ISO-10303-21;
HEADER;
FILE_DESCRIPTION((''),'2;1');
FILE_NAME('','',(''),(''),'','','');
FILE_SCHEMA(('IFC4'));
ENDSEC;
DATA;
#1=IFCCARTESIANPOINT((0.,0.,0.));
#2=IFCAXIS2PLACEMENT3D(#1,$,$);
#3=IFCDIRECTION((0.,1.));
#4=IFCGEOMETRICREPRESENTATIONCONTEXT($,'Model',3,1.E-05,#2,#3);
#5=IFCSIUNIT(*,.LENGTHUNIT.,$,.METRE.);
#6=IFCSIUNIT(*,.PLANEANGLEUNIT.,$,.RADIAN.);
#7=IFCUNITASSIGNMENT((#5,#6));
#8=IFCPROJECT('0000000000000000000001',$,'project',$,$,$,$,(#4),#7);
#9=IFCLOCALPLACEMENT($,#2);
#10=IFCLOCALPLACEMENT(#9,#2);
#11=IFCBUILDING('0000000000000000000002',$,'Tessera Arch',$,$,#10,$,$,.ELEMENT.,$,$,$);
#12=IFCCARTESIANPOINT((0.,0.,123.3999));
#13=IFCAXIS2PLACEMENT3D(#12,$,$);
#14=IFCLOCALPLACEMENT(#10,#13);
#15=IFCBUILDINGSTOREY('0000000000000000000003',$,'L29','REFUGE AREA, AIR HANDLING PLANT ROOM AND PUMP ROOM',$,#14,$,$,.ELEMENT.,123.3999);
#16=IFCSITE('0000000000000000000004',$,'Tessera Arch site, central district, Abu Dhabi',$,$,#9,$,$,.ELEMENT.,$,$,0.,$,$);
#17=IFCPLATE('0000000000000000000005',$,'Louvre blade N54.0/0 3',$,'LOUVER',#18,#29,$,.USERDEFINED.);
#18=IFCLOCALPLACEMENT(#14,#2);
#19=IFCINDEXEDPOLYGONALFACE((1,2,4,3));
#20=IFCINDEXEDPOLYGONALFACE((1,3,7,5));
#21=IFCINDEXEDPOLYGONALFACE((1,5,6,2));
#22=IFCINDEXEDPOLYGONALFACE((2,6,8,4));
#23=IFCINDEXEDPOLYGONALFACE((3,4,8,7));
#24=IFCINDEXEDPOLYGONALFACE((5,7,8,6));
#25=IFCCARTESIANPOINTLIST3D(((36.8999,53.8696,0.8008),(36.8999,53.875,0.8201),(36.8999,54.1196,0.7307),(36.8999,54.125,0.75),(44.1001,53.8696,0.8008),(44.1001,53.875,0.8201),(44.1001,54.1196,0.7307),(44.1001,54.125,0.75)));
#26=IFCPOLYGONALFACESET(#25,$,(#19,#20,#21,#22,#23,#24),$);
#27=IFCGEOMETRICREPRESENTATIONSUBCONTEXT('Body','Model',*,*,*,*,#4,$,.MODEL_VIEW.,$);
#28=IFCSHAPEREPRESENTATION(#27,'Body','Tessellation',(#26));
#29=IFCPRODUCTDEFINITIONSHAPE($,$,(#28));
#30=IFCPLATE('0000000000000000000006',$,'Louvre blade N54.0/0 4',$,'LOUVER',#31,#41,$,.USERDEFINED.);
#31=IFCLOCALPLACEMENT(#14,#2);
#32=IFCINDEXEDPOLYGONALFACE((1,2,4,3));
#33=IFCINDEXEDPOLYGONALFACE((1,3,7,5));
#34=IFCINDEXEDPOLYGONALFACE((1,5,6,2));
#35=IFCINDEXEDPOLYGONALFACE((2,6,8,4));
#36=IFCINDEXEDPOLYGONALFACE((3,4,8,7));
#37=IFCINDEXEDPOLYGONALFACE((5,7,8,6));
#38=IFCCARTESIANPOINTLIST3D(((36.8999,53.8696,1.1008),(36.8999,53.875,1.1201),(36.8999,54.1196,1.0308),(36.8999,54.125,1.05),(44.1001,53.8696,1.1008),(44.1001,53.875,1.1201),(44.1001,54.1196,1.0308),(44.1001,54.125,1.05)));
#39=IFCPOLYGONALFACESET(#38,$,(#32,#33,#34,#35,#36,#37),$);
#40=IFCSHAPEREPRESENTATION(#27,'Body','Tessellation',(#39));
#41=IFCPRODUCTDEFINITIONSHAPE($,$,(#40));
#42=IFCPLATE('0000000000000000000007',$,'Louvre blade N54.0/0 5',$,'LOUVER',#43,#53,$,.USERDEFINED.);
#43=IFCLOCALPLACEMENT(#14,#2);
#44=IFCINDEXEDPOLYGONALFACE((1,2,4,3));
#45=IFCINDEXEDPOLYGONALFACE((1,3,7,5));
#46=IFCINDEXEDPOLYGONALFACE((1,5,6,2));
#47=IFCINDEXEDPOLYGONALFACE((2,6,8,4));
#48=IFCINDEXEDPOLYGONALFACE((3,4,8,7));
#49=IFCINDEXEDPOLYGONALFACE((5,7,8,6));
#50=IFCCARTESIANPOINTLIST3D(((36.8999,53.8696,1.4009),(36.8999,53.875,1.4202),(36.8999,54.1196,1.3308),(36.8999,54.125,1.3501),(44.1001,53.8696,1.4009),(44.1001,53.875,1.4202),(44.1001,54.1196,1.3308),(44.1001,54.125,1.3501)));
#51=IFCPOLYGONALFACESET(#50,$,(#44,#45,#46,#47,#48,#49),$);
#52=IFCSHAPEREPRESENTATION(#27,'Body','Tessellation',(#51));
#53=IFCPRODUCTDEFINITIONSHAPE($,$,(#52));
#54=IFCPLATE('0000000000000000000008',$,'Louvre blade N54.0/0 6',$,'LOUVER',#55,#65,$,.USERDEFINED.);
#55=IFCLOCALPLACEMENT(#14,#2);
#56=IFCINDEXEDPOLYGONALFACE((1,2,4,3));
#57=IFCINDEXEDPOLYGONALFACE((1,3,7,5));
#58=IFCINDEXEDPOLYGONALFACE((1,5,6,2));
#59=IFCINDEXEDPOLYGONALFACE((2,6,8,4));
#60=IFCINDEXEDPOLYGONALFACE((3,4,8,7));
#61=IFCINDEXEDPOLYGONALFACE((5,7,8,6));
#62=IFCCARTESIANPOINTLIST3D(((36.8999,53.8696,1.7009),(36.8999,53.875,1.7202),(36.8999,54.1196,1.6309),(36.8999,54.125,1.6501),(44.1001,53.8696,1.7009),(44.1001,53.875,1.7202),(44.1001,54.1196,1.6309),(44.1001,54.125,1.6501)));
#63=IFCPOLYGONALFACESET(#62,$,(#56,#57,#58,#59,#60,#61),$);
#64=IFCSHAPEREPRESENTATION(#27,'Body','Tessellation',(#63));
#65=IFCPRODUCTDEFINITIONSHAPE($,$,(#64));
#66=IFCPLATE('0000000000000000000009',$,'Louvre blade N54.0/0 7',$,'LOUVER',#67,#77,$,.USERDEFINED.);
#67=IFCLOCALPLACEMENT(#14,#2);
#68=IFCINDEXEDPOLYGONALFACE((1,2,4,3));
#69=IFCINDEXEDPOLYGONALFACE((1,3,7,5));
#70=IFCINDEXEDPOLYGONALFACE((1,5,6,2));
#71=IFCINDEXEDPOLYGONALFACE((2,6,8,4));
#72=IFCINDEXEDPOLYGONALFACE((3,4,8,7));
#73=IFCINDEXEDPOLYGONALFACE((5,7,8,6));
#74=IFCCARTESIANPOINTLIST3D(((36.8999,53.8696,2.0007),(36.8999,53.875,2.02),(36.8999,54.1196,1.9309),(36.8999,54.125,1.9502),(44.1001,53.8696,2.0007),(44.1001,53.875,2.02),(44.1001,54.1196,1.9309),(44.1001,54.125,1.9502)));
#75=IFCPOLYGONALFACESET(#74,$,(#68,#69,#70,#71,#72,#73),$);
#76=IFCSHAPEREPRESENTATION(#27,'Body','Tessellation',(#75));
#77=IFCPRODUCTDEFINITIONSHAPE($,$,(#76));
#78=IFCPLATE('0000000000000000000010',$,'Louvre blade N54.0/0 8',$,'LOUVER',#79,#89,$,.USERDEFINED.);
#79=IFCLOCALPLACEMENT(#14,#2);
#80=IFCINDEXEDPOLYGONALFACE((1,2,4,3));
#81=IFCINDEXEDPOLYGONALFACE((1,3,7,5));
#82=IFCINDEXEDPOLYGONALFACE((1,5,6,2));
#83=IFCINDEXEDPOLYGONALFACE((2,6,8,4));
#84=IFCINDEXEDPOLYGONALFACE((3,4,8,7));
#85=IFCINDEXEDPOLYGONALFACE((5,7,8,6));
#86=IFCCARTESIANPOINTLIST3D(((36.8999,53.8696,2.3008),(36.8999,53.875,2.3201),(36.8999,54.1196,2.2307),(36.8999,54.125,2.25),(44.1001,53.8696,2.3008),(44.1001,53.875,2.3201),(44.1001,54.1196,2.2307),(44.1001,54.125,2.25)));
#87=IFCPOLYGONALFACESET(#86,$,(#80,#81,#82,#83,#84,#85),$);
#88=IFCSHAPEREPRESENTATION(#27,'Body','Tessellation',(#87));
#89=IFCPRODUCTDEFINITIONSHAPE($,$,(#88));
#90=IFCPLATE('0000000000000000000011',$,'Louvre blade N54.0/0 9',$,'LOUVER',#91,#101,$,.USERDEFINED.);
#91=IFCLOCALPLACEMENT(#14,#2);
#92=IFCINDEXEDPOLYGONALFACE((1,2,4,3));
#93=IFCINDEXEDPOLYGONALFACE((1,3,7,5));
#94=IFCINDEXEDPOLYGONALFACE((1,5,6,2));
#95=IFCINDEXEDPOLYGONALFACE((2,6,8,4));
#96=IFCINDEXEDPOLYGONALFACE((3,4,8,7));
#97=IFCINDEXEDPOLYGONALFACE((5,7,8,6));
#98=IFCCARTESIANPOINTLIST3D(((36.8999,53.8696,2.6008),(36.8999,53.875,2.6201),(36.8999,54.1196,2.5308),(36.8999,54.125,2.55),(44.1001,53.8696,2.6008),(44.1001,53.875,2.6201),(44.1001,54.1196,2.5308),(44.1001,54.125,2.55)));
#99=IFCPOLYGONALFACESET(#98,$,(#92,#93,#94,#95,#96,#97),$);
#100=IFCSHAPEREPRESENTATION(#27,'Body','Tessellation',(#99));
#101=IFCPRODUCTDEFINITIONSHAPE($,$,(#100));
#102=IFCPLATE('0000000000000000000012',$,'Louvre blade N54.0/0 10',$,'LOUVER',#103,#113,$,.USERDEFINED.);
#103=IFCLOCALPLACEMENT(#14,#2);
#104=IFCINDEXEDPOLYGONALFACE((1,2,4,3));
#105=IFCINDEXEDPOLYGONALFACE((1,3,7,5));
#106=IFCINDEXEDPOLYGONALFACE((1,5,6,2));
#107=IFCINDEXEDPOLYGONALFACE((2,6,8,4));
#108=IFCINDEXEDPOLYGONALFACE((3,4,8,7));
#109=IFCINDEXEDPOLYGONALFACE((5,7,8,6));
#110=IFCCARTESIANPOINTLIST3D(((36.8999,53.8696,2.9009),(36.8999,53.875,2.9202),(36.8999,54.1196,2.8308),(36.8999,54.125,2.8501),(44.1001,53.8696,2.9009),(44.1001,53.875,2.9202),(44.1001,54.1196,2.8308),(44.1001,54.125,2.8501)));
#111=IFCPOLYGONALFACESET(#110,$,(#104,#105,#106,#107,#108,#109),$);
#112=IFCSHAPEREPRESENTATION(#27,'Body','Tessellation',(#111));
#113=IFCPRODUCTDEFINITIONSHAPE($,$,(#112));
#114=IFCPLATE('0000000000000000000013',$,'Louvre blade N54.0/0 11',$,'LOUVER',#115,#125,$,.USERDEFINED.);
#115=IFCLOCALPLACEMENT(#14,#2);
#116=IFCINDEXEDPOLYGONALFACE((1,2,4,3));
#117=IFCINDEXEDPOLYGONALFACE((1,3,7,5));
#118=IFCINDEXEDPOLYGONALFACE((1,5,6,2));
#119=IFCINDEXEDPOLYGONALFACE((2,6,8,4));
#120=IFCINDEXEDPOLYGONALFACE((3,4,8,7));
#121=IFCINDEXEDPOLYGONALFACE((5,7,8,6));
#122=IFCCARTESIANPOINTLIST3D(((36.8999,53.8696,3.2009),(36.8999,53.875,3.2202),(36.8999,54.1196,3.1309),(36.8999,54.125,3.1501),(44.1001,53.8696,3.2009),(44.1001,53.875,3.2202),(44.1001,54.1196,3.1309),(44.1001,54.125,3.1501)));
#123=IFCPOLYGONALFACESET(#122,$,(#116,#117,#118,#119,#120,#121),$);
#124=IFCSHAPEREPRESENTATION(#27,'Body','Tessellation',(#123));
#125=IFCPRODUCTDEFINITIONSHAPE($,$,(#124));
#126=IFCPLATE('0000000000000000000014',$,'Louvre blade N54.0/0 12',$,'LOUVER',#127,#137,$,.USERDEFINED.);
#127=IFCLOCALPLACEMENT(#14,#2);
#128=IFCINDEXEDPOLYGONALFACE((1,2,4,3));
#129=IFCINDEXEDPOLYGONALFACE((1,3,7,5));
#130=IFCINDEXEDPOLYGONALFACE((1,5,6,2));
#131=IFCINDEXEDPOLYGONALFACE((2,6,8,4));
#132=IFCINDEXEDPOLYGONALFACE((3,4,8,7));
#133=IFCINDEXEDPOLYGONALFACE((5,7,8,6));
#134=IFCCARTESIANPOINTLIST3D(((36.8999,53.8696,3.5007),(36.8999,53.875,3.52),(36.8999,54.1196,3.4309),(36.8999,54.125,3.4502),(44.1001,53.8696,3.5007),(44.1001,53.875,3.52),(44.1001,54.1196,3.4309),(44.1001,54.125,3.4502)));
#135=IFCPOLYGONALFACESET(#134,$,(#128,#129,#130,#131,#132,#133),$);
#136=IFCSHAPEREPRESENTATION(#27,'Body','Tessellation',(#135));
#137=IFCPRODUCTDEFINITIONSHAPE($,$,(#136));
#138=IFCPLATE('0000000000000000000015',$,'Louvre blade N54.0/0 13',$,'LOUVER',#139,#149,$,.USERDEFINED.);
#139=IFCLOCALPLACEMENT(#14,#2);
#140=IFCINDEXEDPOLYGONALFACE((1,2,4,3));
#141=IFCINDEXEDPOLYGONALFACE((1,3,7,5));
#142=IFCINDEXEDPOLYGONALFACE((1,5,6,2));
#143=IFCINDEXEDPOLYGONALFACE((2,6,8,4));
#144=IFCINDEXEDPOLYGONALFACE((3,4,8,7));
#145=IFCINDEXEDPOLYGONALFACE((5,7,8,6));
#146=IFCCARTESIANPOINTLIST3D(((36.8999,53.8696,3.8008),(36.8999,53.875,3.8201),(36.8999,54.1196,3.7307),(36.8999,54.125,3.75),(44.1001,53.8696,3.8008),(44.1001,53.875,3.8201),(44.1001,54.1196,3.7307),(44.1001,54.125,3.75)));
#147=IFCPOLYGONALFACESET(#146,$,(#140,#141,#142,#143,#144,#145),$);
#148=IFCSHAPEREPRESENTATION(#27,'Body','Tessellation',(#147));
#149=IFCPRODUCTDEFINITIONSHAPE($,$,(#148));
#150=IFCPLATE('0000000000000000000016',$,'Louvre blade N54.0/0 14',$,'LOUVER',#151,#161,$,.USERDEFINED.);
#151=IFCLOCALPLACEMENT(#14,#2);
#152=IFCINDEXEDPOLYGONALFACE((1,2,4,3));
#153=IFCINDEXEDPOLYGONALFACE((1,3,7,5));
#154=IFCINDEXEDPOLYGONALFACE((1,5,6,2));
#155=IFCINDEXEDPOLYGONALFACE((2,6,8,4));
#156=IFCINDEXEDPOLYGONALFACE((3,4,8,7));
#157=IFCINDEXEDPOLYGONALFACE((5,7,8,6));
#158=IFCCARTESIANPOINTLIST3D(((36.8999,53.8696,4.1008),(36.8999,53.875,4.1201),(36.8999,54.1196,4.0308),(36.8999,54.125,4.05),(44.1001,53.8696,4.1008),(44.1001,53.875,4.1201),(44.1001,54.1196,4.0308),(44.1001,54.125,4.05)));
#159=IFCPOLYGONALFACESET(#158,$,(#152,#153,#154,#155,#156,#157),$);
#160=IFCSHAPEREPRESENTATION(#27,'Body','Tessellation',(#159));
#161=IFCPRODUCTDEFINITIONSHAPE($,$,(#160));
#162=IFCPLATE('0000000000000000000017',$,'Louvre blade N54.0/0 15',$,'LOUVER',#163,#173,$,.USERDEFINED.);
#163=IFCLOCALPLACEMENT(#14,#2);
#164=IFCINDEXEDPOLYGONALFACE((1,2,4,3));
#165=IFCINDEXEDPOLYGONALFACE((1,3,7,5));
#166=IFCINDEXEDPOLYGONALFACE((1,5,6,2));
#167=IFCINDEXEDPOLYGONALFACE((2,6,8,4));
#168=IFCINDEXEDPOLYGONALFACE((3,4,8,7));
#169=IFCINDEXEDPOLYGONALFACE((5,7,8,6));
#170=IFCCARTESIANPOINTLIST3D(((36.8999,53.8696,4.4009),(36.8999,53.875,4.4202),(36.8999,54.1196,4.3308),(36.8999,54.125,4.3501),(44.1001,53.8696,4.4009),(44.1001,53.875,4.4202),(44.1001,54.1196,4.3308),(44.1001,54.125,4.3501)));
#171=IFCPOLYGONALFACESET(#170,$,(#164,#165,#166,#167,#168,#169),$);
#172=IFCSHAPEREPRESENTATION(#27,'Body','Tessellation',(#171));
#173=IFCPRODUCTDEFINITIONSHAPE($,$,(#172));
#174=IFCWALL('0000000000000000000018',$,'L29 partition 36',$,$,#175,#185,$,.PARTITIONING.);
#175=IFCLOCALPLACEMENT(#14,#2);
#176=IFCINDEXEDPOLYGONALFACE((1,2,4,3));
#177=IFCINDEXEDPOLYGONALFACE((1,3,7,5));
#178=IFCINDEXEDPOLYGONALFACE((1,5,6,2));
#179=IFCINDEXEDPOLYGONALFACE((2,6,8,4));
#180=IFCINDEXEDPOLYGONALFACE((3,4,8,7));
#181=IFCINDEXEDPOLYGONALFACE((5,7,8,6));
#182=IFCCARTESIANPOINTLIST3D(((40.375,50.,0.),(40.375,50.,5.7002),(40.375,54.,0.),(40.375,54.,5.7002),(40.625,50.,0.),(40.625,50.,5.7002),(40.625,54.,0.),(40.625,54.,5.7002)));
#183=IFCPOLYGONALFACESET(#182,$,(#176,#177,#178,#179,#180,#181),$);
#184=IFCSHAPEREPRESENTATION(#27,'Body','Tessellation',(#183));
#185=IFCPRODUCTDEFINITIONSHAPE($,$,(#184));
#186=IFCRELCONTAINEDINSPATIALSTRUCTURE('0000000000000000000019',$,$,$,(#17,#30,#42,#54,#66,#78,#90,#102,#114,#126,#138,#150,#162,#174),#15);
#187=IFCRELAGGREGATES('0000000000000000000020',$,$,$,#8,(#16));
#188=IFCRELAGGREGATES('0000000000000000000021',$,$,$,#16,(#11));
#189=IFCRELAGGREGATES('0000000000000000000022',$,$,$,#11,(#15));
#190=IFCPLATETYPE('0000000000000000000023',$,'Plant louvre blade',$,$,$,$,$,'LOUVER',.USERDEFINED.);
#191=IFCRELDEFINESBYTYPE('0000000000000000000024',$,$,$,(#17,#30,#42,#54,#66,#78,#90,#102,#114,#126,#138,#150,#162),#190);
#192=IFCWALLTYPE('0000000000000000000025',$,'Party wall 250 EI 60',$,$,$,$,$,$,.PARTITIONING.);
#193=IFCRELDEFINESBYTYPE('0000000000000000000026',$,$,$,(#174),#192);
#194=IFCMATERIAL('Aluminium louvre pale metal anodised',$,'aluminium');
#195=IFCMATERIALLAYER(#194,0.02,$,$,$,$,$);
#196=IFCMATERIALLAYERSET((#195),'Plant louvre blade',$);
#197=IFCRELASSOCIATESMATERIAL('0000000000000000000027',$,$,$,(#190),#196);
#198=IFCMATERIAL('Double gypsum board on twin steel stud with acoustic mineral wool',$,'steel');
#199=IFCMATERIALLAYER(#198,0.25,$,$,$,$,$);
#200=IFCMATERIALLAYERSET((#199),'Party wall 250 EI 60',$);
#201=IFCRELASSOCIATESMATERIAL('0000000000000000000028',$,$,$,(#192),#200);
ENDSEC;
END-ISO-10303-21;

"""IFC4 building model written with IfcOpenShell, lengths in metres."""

from ifc_helpers import new_model, si_unit, direction, frame, frame_2d, origin, place, context, subcontext, project, spatial, polyline, rectangle, outline, extrude, material, layer, layer_set, type_object, element, save


model = new_model("IFC4")

# Units and contexts
model_context = context("Model", 3, precision=1e-05, world=origin(), true_north=direction((0.0, 1.0)))
body_context = subcontext(model_context, "Body", "Model", "MODEL_VIEW")
ifc_project = project(units=[si_unit("LENGTHUNIT", "METRE"), si_unit("PLANEANGLEUNIT", "RADIAN")], contexts=[model_context])

# Site, building, storey
site_placement = place(None, origin())
site = spatial("IfcSite", under=ifc_project, at=site_placement, Name="Tessera Arch site, central district, Abu Dhabi", CompositionType="ELEMENT", RefElevation=0.0)
building_placement = place(site_placement, origin())
building = spatial("IfcBuilding", under=site, at=building_placement, Name="Tessera Arch", CompositionType="ELEMENT")
storey_placement = place(building_placement, frame((0.0, 0.0, 123.3999)))
storey = spatial("IfcBuildingStorey", under=building, at=storey_placement, Name="L29", Description="REFUGE AREA, AIR HANDLING PLANT ROOM AND PUMP ROOM", CompositionType="ELEMENT", Elevation=123.3999)

# Plates
ifc_material_1 = material(Name="Aluminium louvre pale metal anodised", Category="aluminium")
ifc_layer_1 = layer(ifc_material_1, 0.02)
ifc_layer_set_1 = layer_set([ifc_layer_1], Name="Plant louvre blade")
plate_type_1 = type_object("IfcPlateType", Name="Plant louvre blade", ElementType="LOUVER", PredefinedType="USERDEFINED", material=ifc_layer_set_1)
for number, where, z_axis, x_axis, name in (
    (1, (44.1001, 54.125, 0.75), (0.0, 0.269874, 0.962896), (-1.0, 0.0, 0.0), "Louvre blade N54.0/0 3"),
    (2, (44.1001, 54.125, 1.05), (0.0, 0.269874, 0.962896), (-1.0, 0.0, 0.0), "Louvre blade N54.0/0 4"),
    (3, (44.1001, 54.125, 1.3501), (0.0, 0.269874, 0.962896), (-1.0, 0.0, 0.0), "Louvre blade N54.0/0 5"),
    (4, (44.1001, 54.125, 1.6501), (0.0, 0.269874, 0.962896), (-1.0, 0.0, 0.0), "Louvre blade N54.0/0 6"),
):
    element("IfcPlate", number, at=place(storey_placement, frame(where, z_axis=z_axis, x_axis=x_axis)), inside=storey, type_object=plate_type_1, Name=name, ObjectType="LOUVER", PredefinedType="USERDEFINED", context=body_context, shape_type="SweptSolid", body=[
        extrude(outline(polyline([(0.0, 0.0), (7.2002, 0.0), (7.2002, 0.2596), (0.0, 0.2596), (0.0, 0.0)])), origin(), (0.0, 0.0, -1.0), 0.02),
    ])
plate_1_placement = place(storey_placement, frame((44.1001, 54.125, 1.9502), z_axis=(0.0, 0.269002, 0.96314), x_axis=(-1.0, 0.0, 0.0)))
element("IfcPlate", 5, at=plate_1_placement, inside=storey, type_object=plate_type_1, Name="Louvre blade N54.0/0 7", ObjectType="LOUVER", PredefinedType="USERDEFINED", context=body_context, shape_type="SweptSolid", body=[
    extrude(outline(polyline([(0.0, 0.0), (7.2002, 0.0), (7.2002, 0.2596), (0.0, 0.2596), (0.0, 0.0)])), origin(), (0.0, 0.0, -1.0), 0.02),
])
for number, where, z_axis, x_axis, name in (
    (6, (44.1001, 54.125, 2.25), (0.0, 0.269874, 0.962896), (-1.0, 0.0, 0.0), "Louvre blade N54.0/0 8"),
    (7, (44.1001, 54.125, 2.55), (0.0, 0.269874, 0.962896), (-1.0, 0.0, 0.0), "Louvre blade N54.0/0 9"),
    (8, (44.1001, 54.125, 2.8501), (0.0, 0.269874, 0.962896), (-1.0, 0.0, 0.0), "Louvre blade N54.0/0 10"),
    (9, (44.1001, 54.125, 3.1501), (0.0, 0.269874, 0.962896), (-1.0, 0.0, 0.0), "Louvre blade N54.0/0 11"),
):
    element("IfcPlate", number, at=place(storey_placement, frame(where, z_axis=z_axis, x_axis=x_axis)), inside=storey, type_object=plate_type_1, Name=name, ObjectType="LOUVER", PredefinedType="USERDEFINED", context=body_context, shape_type="SweptSolid", body=[
        extrude(outline(polyline([(0.0, 0.0), (7.2002, 0.0), (7.2002, 0.2596), (0.0, 0.2596), (0.0, 0.0)])), origin(), (0.0, 0.0, -1.0), 0.02),
    ])
plate_2_placement = place(storey_placement, frame((44.1001, 54.125, 3.4502), z_axis=(0.0, 0.269002, 0.96314), x_axis=(-1.0, 0.0, 0.0)))
element("IfcPlate", 10, at=plate_2_placement, inside=storey, type_object=plate_type_1, Name="Louvre blade N54.0/0 12", ObjectType="LOUVER", PredefinedType="USERDEFINED", context=body_context, shape_type="SweptSolid", body=[
    extrude(outline(polyline([(0.0, 0.0), (7.2002, 0.0), (7.2002, 0.2596), (0.0, 0.2596), (0.0, 0.0)])), origin(), (0.0, 0.0, -1.0), 0.02),
])
for number, where, z_axis, x_axis, name in (
    (11, (44.1001, 54.125, 3.75), (0.0, 0.269874, 0.962896), (-1.0, 0.0, 0.0), "Louvre blade N54.0/0 13"),
    (12, (44.1001, 54.125, 4.05), (0.0, 0.269874, 0.962896), (-1.0, 0.0, 0.0), "Louvre blade N54.0/0 14"),
    (13, (44.1001, 54.125, 4.3501), (0.0, 0.269874, 0.962896), (-1.0, 0.0, 0.0), "Louvre blade N54.0/0 15"),
):
    element("IfcPlate", number, at=place(storey_placement, frame(where, z_axis=z_axis, x_axis=x_axis)), inside=storey, type_object=plate_type_1, Name=name, ObjectType="LOUVER", PredefinedType="USERDEFINED", context=body_context, shape_type="SweptSolid", body=[
        extrude(outline(polyline([(0.0, 0.0), (7.2002, 0.0), (7.2002, 0.2596), (0.0, 0.2596), (0.0, 0.0)])), origin(), (0.0, 0.0, -1.0), 0.02),
    ])

# Wall
ifc_material_2 = material(Name="Double gypsum board on twin steel stud with acoustic mineral wool", Category="steel")
ifc_layer_2 = layer(ifc_material_2, 0.25)
ifc_layer_set_2 = layer_set([ifc_layer_2], Name="Party wall 250 EI 60")
wall_type = type_object("IfcWallType", Name="Party wall 250 EI 60", PredefinedType="PARTITIONING", material=ifc_layer_set_2)
wall_placement = place(storey_placement, frame((40.5, 50.0, 0.0), z_axis=(0.0, 0.0, 1.0), x_axis=(0.0, 1.0, 0.0)))
element("IfcWall", 14, at=wall_placement, inside=storey, type_object=wall_type, Name="L29 partition 36", PredefinedType="PARTITIONING", context=body_context, shape_type="SweptSolid", body=[
    extrude(rectangle(XDim=4.0, YDim=0.25, at=frame_2d((2.0, 0.0))), origin(), (0.0, 0.0, 1.0), 5.7002),
])

save(model, "model.ifc")
